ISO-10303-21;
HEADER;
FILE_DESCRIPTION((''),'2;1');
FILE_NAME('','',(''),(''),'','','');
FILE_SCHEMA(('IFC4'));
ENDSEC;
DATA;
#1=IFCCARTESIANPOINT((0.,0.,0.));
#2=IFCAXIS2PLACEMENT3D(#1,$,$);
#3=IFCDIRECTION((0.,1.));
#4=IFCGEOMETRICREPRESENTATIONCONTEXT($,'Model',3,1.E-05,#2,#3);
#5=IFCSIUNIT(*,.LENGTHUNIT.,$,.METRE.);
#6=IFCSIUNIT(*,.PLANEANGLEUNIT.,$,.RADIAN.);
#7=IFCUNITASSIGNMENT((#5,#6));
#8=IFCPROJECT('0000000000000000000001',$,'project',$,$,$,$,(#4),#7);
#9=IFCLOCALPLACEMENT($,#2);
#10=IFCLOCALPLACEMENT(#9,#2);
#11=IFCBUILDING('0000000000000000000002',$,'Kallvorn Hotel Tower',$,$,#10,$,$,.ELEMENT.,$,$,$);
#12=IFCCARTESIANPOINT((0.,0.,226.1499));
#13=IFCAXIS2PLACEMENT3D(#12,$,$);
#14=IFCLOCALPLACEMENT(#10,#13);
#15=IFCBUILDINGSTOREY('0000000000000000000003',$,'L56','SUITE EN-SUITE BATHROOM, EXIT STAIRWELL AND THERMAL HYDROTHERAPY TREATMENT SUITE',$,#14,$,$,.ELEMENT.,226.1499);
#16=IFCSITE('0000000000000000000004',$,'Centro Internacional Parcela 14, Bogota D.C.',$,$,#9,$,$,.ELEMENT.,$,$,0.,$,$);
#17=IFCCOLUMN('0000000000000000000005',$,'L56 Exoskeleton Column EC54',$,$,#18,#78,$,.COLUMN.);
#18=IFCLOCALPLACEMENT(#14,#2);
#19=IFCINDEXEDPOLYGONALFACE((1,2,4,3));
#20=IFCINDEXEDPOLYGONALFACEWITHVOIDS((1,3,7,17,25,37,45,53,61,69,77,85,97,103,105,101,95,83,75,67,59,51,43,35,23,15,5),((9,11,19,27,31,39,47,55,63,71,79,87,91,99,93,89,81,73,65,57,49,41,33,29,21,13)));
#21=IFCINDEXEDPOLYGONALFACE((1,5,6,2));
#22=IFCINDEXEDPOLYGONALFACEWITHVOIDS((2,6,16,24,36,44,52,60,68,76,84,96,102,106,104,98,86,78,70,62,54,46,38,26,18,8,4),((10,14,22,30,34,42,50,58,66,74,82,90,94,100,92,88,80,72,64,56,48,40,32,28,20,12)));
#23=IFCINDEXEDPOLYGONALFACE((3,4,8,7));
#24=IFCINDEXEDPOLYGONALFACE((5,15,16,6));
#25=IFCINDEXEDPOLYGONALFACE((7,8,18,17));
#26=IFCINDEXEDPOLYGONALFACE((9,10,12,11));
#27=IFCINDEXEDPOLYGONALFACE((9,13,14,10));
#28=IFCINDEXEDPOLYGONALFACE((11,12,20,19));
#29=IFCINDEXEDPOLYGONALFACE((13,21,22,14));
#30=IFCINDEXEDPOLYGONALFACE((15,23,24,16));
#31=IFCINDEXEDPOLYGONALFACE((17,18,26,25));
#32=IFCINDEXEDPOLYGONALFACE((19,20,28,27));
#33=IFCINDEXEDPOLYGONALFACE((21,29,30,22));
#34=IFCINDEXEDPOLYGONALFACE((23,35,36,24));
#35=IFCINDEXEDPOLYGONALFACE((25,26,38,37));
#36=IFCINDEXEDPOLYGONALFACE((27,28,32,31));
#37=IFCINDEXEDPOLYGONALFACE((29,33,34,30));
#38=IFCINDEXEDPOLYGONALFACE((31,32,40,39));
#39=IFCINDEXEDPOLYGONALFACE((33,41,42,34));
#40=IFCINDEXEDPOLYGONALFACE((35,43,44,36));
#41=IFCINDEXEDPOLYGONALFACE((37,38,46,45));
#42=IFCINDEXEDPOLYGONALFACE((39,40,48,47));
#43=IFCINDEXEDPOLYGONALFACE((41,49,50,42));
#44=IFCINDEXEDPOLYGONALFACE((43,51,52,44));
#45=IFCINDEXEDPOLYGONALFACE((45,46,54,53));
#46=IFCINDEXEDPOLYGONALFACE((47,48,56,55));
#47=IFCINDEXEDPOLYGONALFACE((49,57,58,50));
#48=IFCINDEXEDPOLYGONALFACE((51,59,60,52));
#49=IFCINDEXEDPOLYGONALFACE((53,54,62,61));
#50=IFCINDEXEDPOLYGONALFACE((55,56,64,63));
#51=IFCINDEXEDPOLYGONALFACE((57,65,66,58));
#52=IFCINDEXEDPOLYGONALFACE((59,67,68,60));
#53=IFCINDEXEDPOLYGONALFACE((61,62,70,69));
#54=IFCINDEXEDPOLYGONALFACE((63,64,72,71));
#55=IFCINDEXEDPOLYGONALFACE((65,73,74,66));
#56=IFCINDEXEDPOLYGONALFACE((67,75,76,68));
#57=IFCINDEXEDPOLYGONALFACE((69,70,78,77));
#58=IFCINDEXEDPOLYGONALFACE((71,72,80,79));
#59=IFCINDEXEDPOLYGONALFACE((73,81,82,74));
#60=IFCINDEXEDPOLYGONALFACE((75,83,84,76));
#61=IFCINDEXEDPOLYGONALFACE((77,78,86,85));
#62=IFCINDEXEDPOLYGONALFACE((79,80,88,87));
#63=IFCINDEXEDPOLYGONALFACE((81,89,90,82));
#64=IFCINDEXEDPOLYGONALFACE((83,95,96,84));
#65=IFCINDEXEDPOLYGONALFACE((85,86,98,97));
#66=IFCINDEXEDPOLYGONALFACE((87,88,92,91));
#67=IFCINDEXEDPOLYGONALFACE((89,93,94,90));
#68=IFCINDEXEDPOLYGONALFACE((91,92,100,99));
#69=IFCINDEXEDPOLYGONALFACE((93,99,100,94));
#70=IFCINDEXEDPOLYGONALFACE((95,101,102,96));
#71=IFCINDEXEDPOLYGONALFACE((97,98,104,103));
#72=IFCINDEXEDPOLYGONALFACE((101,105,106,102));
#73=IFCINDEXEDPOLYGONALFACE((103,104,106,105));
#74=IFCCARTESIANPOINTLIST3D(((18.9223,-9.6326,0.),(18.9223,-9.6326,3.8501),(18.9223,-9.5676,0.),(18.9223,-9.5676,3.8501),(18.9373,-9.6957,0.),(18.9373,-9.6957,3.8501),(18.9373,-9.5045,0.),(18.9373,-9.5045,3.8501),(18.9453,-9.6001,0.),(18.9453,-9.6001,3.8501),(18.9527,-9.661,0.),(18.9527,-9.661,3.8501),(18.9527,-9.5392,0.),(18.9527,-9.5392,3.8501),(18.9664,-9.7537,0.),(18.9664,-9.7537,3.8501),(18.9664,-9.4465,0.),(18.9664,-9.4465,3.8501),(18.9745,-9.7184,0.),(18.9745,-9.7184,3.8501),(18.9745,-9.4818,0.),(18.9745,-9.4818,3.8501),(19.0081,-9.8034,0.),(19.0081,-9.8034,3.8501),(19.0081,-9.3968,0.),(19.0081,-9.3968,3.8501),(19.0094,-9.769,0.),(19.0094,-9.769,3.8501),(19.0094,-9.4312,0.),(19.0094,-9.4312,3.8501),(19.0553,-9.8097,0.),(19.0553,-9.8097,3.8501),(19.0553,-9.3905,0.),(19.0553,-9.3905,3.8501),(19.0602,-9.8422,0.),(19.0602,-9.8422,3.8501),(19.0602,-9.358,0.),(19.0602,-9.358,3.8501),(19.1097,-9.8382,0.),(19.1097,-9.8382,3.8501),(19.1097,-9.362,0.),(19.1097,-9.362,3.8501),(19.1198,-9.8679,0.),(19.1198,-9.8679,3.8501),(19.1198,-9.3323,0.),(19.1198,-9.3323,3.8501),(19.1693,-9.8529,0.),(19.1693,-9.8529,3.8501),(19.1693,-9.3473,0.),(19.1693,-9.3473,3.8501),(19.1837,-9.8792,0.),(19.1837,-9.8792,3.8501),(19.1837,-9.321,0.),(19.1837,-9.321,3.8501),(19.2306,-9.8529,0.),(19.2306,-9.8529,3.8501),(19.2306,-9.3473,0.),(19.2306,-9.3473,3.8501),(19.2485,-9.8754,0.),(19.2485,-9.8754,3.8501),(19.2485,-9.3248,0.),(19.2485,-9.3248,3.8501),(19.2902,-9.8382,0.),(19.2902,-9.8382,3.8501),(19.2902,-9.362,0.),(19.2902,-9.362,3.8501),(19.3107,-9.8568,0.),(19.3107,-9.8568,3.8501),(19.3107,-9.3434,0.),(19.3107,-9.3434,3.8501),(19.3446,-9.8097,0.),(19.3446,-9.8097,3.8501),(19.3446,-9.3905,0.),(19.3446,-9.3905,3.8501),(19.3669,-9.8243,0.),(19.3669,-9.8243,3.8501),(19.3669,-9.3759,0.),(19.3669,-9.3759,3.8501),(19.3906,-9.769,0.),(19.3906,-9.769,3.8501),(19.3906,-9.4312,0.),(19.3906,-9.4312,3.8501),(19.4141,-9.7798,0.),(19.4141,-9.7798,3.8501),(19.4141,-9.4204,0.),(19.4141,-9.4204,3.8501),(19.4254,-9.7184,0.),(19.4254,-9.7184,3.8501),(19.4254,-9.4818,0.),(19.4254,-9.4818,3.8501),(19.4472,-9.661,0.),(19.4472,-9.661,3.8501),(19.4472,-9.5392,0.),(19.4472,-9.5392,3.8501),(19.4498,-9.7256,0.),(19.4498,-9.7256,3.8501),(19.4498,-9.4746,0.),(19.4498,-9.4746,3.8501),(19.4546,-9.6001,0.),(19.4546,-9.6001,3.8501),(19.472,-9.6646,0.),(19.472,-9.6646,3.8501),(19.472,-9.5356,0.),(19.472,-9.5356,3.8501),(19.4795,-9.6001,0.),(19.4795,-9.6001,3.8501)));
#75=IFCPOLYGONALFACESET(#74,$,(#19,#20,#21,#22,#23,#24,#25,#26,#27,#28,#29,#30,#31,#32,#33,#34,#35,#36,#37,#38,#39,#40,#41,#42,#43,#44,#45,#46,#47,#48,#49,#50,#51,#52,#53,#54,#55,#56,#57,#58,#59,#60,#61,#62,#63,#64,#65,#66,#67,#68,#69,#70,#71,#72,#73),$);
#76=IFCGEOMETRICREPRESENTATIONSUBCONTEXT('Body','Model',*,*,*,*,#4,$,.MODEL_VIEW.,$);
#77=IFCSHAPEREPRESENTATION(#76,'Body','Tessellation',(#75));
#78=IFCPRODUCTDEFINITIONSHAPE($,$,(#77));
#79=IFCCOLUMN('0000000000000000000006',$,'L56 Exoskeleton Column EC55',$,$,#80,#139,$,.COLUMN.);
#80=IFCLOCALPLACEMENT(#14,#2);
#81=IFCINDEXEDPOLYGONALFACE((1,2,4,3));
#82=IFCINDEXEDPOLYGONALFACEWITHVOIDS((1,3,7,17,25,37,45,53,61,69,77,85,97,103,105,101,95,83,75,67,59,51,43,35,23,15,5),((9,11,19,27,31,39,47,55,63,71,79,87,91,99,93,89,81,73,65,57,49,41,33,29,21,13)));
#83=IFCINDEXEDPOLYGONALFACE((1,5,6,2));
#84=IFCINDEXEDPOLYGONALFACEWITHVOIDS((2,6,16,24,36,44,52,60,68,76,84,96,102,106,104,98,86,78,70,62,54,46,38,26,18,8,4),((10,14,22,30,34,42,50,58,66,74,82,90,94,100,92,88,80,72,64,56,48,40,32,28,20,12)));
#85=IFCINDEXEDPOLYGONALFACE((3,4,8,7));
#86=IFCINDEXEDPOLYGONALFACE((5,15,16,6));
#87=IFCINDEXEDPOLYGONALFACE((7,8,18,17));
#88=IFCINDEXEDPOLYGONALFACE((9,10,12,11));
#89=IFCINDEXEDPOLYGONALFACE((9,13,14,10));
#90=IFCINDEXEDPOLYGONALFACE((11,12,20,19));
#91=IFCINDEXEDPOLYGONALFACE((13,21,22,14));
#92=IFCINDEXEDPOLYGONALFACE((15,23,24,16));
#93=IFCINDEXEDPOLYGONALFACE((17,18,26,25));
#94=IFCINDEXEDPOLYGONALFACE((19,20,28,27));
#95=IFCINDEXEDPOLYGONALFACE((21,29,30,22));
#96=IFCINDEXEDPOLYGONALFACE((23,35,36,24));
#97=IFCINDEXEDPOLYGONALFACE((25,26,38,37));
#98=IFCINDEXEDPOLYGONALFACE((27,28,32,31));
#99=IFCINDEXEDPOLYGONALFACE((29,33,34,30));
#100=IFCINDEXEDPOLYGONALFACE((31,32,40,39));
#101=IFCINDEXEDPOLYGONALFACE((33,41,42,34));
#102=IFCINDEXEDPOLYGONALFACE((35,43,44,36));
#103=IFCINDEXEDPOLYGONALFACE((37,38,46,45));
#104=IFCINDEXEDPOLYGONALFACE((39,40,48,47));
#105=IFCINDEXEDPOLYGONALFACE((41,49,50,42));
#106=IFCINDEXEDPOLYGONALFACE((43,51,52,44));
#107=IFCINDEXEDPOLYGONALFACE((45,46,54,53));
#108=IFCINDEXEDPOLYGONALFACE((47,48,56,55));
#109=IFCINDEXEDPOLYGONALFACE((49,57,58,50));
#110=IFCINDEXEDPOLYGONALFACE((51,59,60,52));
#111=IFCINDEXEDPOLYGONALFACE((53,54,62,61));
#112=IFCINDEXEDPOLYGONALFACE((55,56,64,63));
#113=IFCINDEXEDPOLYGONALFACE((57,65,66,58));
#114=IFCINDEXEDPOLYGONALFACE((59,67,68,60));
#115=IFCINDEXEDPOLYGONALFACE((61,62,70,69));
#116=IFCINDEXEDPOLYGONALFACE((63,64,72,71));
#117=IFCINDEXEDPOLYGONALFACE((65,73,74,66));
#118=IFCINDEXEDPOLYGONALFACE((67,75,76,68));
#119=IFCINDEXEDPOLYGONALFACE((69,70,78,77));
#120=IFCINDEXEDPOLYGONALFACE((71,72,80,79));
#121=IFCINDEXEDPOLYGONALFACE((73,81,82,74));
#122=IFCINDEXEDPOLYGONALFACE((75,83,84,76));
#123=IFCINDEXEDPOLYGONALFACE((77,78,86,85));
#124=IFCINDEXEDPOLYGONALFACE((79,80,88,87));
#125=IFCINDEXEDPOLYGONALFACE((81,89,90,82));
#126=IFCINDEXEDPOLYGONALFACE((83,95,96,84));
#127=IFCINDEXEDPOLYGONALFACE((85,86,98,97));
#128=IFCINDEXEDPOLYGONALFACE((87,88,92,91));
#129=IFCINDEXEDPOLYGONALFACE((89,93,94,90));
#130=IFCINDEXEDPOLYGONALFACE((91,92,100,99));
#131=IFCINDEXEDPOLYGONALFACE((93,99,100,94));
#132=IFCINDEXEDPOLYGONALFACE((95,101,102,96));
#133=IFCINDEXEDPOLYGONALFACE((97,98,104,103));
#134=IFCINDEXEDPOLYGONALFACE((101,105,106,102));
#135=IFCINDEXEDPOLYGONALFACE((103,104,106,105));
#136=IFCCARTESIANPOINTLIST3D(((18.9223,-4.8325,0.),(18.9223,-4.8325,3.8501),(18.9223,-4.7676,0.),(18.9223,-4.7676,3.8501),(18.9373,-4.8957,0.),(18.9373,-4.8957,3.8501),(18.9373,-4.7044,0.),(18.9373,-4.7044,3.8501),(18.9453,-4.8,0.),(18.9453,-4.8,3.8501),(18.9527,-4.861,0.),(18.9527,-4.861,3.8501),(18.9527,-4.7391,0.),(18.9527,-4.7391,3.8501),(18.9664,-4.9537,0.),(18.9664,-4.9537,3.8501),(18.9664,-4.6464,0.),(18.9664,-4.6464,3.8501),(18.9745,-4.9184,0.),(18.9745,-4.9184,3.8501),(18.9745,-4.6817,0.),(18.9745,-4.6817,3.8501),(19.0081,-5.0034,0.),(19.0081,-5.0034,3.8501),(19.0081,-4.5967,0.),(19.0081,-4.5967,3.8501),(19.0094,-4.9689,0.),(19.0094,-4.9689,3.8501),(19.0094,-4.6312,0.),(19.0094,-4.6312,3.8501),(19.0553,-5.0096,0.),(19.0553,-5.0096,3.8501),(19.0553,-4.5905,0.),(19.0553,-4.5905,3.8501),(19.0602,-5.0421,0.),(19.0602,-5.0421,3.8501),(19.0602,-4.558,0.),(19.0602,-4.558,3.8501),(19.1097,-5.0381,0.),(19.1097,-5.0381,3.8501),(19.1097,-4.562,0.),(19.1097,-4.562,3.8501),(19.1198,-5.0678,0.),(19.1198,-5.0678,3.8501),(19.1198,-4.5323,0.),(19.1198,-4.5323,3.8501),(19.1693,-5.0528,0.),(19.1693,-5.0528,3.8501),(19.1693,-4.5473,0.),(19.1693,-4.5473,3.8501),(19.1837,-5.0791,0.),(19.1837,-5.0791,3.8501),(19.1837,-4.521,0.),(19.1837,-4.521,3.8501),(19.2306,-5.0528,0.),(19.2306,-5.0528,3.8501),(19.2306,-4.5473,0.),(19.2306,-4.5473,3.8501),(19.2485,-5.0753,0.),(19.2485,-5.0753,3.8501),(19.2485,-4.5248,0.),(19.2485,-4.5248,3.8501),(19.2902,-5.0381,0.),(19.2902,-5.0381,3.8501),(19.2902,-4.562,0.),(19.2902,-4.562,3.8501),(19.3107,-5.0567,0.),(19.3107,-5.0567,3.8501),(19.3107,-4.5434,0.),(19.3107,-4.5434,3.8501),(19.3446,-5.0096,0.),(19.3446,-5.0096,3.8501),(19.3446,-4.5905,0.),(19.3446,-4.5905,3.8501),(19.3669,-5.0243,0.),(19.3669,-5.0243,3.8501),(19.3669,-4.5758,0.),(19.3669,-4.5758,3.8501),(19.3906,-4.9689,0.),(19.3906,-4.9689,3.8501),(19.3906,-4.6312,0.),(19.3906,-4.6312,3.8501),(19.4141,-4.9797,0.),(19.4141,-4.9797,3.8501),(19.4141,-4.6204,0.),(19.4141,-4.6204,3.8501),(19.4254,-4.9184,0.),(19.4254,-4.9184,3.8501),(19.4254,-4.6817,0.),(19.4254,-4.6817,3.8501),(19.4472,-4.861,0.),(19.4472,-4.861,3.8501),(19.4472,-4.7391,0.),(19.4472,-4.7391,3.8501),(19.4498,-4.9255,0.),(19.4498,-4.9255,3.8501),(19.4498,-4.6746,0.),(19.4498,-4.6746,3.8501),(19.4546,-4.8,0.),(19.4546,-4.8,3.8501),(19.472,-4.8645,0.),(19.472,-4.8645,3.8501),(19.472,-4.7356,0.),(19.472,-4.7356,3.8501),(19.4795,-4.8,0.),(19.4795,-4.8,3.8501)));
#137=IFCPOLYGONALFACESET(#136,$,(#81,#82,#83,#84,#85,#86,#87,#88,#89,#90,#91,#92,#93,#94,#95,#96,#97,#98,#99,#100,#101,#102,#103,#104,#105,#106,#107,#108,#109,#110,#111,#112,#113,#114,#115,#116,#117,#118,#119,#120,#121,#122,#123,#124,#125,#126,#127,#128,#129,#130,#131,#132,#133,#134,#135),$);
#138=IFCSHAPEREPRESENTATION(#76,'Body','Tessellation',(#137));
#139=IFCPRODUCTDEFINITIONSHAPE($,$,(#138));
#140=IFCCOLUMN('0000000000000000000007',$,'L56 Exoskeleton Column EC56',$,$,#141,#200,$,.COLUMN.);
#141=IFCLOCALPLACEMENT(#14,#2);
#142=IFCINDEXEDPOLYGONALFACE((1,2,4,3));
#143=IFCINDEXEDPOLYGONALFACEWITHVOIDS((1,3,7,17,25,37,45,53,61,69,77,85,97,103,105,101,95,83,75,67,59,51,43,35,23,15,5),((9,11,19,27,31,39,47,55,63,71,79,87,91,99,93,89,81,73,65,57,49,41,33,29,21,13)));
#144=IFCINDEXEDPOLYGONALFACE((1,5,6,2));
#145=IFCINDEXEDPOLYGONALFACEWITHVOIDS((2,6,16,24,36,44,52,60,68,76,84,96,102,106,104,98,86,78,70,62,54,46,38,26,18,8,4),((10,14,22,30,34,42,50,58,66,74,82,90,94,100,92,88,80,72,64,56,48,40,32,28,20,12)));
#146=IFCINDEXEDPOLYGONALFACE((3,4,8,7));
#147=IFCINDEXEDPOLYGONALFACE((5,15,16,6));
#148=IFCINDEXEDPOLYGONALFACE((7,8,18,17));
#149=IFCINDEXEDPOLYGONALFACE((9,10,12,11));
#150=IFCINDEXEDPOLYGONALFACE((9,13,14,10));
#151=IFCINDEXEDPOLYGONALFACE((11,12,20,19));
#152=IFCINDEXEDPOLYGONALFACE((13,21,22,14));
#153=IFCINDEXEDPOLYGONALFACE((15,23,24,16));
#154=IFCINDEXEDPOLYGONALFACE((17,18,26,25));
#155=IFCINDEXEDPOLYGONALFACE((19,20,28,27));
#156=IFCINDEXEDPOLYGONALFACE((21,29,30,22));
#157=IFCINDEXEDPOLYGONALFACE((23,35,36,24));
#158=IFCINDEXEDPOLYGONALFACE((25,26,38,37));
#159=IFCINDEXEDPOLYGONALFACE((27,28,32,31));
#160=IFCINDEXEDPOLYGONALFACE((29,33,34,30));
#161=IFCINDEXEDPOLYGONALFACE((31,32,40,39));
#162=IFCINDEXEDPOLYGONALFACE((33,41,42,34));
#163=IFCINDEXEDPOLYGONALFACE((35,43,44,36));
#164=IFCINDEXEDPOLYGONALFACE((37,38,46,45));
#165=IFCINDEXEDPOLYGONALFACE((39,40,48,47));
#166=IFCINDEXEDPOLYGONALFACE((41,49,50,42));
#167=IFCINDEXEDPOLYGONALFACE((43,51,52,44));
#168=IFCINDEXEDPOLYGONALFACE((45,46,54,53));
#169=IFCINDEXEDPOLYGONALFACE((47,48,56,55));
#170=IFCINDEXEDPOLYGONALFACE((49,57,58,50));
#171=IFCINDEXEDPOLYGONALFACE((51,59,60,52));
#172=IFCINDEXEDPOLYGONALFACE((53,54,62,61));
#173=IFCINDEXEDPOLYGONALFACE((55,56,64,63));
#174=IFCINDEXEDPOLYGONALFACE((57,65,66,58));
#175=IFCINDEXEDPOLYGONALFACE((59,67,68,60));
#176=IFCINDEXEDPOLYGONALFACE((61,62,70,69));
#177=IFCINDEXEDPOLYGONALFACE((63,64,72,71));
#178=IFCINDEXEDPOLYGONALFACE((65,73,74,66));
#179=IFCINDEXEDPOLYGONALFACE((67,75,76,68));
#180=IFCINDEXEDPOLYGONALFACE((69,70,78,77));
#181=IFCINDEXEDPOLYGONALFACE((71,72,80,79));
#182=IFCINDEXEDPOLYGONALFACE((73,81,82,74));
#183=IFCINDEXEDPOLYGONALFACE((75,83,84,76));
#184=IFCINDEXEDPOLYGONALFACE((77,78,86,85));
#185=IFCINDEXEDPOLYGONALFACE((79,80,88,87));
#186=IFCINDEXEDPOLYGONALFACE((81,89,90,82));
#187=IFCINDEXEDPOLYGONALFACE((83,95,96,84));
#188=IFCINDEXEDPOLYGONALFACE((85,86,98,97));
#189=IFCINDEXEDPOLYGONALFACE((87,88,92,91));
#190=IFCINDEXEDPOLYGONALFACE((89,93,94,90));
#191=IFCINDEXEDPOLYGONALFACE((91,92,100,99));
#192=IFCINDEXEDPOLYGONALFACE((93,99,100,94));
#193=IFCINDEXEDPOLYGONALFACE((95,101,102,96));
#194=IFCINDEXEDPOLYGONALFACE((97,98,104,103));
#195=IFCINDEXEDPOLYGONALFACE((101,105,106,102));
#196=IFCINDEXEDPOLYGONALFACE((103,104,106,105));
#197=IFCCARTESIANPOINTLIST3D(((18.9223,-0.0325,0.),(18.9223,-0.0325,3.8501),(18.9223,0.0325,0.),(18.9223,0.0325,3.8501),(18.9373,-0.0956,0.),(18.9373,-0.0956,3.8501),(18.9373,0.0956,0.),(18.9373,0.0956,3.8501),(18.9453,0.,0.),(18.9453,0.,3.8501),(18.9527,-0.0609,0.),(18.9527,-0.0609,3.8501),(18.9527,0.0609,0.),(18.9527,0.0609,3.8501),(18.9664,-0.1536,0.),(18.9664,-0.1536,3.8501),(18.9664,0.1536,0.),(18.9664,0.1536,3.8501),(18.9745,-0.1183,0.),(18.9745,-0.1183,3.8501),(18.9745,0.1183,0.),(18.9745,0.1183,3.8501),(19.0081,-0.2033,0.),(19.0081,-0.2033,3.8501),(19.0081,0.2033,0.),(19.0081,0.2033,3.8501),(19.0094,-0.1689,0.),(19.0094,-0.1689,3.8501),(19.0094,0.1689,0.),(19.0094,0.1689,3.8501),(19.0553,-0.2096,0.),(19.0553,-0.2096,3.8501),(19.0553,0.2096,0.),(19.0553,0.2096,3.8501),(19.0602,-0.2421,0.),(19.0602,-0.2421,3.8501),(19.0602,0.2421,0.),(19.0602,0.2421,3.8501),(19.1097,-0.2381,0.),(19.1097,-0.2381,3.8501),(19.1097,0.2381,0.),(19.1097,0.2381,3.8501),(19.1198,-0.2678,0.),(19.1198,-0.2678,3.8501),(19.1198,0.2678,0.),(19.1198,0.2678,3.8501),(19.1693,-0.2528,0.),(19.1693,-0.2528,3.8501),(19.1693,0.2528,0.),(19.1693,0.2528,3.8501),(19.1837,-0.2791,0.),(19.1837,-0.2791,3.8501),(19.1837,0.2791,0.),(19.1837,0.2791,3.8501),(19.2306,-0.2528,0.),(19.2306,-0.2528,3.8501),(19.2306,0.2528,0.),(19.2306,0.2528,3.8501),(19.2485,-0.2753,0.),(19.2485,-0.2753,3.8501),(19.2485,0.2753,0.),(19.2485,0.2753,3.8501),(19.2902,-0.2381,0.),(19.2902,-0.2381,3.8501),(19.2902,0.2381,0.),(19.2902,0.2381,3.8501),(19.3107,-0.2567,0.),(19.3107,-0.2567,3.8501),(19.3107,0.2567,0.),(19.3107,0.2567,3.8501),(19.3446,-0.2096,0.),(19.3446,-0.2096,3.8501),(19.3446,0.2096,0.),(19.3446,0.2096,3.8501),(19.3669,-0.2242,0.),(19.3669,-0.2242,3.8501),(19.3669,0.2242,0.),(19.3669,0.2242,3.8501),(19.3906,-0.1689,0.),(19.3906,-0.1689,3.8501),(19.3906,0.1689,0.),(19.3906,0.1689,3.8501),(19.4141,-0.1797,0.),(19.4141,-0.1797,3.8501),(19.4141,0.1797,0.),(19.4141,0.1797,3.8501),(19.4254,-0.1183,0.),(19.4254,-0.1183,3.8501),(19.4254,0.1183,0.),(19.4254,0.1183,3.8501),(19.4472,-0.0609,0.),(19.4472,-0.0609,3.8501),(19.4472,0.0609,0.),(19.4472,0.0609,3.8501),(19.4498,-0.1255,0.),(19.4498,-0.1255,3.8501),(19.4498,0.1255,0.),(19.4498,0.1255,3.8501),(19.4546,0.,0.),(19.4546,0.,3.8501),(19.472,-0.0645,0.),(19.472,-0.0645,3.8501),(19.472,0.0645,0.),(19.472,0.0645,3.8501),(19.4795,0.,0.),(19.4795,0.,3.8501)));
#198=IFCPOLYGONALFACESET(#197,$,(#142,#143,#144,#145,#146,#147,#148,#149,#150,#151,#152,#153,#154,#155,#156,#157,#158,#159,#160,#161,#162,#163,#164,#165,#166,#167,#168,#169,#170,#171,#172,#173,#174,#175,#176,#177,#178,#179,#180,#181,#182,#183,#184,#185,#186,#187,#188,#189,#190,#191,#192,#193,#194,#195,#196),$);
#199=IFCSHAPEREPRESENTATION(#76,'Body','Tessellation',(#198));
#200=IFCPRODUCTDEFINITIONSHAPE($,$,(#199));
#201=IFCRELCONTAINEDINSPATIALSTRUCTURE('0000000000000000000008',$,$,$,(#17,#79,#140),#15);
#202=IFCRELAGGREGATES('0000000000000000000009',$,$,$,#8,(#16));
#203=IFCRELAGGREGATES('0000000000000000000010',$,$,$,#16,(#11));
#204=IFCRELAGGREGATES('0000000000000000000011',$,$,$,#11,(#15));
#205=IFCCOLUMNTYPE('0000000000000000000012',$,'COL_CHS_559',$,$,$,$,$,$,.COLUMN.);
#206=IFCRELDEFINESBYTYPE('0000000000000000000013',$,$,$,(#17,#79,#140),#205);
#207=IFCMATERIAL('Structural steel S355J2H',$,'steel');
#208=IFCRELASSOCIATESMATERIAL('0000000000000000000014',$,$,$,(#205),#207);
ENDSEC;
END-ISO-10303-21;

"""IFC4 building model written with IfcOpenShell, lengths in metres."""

from ifc_helpers import new_model, si_unit, direction, frame, origin, origin_2d, place, context, subcontext, project, spatial, hollow_circle, extrude, material, material_profile, profile_set, type_object, element, save


model = new_model("IFC4")

# Units and contexts
model_context = context("Model", 3, precision=1e-05, world=origin(), true_north=direction((0.0, 1.0)))
body_context = subcontext(model_context, "Body", "Model", "MODEL_VIEW")
ifc_project = project(units=[si_unit("LENGTHUNIT", "METRE"), si_unit("PLANEANGLEUNIT", "RADIAN")], contexts=[model_context])

# Site, building, storey
site_placement = place(None, origin())
site = spatial("IfcSite", under=ifc_project, at=site_placement, Name="Centro Internacional Parcela 14, Bogota D.C.", CompositionType="ELEMENT", RefElevation=0.0)
building_placement = place(site_placement, origin())
building = spatial("IfcBuilding", under=site, at=building_placement, Name="Kallvorn Hotel Tower", CompositionType="ELEMENT")
storey_placement = place(building_placement, frame((0.0, 0.0, 226.1499)))
storey = spatial("IfcBuildingStorey", under=building, at=storey_placement, Name="L56", Description="SUITE EN-SUITE BATHROOM, EXIT STAIRWELL AND THERMAL HYDROTHERAPY TREATMENT SUITE", CompositionType="ELEMENT", Elevation=226.1499)

# Columns
ifc_material_1 = material(Name="Structural steel S355J2H", Category="steel")
ifc_material_profile_1 = material_profile(ifc_material_1, hollow_circle(Radius=0.2795, WallThickness=0.0249, at=origin_2d()), Name="CHS 559x25")
ifc_profile_set_1 = profile_set([ifc_material_profile_1], Name="Structural steel S355J2H")
column_type_1 = type_object("IfcColumnType", Name="COL_CHS_559", PredefinedType="COLUMN", material=ifc_profile_set_1)
for number, where, z_axis, x_axis, name in (
    (1, (19.2, -9.6001, 0.0), (0.0, 0.0, 1.0), (1.0, 0.0, 0.0), "L56 Exoskeleton Column EC54"),
    (2, (19.2, -4.8, 0.0), (0.0, 0.0, 1.0), (1.0, 0.0, 0.0), "L56 Exoskeleton Column EC55"),
    (3, (19.2, 0.0, 0.0), (0.0, 0.0, 1.0), (1.0, 0.0, 0.0), "L56 Exoskeleton Column EC56"),
):
    element("IfcColumn", number, at=place(storey_placement, frame(where, z_axis=z_axis, x_axis=x_axis)), inside=storey, type_object=column_type_1, Name=name, PredefinedType="COLUMN", context=body_context, shape_type="SweptSolid", body=[
        extrude(hollow_circle(Radius=0.2795, WallThickness=0.0249, at=origin_2d()), origin(), (0.0, 0.0, 1.0), 3.8501),
    ])

save(model, "model.ifc")
